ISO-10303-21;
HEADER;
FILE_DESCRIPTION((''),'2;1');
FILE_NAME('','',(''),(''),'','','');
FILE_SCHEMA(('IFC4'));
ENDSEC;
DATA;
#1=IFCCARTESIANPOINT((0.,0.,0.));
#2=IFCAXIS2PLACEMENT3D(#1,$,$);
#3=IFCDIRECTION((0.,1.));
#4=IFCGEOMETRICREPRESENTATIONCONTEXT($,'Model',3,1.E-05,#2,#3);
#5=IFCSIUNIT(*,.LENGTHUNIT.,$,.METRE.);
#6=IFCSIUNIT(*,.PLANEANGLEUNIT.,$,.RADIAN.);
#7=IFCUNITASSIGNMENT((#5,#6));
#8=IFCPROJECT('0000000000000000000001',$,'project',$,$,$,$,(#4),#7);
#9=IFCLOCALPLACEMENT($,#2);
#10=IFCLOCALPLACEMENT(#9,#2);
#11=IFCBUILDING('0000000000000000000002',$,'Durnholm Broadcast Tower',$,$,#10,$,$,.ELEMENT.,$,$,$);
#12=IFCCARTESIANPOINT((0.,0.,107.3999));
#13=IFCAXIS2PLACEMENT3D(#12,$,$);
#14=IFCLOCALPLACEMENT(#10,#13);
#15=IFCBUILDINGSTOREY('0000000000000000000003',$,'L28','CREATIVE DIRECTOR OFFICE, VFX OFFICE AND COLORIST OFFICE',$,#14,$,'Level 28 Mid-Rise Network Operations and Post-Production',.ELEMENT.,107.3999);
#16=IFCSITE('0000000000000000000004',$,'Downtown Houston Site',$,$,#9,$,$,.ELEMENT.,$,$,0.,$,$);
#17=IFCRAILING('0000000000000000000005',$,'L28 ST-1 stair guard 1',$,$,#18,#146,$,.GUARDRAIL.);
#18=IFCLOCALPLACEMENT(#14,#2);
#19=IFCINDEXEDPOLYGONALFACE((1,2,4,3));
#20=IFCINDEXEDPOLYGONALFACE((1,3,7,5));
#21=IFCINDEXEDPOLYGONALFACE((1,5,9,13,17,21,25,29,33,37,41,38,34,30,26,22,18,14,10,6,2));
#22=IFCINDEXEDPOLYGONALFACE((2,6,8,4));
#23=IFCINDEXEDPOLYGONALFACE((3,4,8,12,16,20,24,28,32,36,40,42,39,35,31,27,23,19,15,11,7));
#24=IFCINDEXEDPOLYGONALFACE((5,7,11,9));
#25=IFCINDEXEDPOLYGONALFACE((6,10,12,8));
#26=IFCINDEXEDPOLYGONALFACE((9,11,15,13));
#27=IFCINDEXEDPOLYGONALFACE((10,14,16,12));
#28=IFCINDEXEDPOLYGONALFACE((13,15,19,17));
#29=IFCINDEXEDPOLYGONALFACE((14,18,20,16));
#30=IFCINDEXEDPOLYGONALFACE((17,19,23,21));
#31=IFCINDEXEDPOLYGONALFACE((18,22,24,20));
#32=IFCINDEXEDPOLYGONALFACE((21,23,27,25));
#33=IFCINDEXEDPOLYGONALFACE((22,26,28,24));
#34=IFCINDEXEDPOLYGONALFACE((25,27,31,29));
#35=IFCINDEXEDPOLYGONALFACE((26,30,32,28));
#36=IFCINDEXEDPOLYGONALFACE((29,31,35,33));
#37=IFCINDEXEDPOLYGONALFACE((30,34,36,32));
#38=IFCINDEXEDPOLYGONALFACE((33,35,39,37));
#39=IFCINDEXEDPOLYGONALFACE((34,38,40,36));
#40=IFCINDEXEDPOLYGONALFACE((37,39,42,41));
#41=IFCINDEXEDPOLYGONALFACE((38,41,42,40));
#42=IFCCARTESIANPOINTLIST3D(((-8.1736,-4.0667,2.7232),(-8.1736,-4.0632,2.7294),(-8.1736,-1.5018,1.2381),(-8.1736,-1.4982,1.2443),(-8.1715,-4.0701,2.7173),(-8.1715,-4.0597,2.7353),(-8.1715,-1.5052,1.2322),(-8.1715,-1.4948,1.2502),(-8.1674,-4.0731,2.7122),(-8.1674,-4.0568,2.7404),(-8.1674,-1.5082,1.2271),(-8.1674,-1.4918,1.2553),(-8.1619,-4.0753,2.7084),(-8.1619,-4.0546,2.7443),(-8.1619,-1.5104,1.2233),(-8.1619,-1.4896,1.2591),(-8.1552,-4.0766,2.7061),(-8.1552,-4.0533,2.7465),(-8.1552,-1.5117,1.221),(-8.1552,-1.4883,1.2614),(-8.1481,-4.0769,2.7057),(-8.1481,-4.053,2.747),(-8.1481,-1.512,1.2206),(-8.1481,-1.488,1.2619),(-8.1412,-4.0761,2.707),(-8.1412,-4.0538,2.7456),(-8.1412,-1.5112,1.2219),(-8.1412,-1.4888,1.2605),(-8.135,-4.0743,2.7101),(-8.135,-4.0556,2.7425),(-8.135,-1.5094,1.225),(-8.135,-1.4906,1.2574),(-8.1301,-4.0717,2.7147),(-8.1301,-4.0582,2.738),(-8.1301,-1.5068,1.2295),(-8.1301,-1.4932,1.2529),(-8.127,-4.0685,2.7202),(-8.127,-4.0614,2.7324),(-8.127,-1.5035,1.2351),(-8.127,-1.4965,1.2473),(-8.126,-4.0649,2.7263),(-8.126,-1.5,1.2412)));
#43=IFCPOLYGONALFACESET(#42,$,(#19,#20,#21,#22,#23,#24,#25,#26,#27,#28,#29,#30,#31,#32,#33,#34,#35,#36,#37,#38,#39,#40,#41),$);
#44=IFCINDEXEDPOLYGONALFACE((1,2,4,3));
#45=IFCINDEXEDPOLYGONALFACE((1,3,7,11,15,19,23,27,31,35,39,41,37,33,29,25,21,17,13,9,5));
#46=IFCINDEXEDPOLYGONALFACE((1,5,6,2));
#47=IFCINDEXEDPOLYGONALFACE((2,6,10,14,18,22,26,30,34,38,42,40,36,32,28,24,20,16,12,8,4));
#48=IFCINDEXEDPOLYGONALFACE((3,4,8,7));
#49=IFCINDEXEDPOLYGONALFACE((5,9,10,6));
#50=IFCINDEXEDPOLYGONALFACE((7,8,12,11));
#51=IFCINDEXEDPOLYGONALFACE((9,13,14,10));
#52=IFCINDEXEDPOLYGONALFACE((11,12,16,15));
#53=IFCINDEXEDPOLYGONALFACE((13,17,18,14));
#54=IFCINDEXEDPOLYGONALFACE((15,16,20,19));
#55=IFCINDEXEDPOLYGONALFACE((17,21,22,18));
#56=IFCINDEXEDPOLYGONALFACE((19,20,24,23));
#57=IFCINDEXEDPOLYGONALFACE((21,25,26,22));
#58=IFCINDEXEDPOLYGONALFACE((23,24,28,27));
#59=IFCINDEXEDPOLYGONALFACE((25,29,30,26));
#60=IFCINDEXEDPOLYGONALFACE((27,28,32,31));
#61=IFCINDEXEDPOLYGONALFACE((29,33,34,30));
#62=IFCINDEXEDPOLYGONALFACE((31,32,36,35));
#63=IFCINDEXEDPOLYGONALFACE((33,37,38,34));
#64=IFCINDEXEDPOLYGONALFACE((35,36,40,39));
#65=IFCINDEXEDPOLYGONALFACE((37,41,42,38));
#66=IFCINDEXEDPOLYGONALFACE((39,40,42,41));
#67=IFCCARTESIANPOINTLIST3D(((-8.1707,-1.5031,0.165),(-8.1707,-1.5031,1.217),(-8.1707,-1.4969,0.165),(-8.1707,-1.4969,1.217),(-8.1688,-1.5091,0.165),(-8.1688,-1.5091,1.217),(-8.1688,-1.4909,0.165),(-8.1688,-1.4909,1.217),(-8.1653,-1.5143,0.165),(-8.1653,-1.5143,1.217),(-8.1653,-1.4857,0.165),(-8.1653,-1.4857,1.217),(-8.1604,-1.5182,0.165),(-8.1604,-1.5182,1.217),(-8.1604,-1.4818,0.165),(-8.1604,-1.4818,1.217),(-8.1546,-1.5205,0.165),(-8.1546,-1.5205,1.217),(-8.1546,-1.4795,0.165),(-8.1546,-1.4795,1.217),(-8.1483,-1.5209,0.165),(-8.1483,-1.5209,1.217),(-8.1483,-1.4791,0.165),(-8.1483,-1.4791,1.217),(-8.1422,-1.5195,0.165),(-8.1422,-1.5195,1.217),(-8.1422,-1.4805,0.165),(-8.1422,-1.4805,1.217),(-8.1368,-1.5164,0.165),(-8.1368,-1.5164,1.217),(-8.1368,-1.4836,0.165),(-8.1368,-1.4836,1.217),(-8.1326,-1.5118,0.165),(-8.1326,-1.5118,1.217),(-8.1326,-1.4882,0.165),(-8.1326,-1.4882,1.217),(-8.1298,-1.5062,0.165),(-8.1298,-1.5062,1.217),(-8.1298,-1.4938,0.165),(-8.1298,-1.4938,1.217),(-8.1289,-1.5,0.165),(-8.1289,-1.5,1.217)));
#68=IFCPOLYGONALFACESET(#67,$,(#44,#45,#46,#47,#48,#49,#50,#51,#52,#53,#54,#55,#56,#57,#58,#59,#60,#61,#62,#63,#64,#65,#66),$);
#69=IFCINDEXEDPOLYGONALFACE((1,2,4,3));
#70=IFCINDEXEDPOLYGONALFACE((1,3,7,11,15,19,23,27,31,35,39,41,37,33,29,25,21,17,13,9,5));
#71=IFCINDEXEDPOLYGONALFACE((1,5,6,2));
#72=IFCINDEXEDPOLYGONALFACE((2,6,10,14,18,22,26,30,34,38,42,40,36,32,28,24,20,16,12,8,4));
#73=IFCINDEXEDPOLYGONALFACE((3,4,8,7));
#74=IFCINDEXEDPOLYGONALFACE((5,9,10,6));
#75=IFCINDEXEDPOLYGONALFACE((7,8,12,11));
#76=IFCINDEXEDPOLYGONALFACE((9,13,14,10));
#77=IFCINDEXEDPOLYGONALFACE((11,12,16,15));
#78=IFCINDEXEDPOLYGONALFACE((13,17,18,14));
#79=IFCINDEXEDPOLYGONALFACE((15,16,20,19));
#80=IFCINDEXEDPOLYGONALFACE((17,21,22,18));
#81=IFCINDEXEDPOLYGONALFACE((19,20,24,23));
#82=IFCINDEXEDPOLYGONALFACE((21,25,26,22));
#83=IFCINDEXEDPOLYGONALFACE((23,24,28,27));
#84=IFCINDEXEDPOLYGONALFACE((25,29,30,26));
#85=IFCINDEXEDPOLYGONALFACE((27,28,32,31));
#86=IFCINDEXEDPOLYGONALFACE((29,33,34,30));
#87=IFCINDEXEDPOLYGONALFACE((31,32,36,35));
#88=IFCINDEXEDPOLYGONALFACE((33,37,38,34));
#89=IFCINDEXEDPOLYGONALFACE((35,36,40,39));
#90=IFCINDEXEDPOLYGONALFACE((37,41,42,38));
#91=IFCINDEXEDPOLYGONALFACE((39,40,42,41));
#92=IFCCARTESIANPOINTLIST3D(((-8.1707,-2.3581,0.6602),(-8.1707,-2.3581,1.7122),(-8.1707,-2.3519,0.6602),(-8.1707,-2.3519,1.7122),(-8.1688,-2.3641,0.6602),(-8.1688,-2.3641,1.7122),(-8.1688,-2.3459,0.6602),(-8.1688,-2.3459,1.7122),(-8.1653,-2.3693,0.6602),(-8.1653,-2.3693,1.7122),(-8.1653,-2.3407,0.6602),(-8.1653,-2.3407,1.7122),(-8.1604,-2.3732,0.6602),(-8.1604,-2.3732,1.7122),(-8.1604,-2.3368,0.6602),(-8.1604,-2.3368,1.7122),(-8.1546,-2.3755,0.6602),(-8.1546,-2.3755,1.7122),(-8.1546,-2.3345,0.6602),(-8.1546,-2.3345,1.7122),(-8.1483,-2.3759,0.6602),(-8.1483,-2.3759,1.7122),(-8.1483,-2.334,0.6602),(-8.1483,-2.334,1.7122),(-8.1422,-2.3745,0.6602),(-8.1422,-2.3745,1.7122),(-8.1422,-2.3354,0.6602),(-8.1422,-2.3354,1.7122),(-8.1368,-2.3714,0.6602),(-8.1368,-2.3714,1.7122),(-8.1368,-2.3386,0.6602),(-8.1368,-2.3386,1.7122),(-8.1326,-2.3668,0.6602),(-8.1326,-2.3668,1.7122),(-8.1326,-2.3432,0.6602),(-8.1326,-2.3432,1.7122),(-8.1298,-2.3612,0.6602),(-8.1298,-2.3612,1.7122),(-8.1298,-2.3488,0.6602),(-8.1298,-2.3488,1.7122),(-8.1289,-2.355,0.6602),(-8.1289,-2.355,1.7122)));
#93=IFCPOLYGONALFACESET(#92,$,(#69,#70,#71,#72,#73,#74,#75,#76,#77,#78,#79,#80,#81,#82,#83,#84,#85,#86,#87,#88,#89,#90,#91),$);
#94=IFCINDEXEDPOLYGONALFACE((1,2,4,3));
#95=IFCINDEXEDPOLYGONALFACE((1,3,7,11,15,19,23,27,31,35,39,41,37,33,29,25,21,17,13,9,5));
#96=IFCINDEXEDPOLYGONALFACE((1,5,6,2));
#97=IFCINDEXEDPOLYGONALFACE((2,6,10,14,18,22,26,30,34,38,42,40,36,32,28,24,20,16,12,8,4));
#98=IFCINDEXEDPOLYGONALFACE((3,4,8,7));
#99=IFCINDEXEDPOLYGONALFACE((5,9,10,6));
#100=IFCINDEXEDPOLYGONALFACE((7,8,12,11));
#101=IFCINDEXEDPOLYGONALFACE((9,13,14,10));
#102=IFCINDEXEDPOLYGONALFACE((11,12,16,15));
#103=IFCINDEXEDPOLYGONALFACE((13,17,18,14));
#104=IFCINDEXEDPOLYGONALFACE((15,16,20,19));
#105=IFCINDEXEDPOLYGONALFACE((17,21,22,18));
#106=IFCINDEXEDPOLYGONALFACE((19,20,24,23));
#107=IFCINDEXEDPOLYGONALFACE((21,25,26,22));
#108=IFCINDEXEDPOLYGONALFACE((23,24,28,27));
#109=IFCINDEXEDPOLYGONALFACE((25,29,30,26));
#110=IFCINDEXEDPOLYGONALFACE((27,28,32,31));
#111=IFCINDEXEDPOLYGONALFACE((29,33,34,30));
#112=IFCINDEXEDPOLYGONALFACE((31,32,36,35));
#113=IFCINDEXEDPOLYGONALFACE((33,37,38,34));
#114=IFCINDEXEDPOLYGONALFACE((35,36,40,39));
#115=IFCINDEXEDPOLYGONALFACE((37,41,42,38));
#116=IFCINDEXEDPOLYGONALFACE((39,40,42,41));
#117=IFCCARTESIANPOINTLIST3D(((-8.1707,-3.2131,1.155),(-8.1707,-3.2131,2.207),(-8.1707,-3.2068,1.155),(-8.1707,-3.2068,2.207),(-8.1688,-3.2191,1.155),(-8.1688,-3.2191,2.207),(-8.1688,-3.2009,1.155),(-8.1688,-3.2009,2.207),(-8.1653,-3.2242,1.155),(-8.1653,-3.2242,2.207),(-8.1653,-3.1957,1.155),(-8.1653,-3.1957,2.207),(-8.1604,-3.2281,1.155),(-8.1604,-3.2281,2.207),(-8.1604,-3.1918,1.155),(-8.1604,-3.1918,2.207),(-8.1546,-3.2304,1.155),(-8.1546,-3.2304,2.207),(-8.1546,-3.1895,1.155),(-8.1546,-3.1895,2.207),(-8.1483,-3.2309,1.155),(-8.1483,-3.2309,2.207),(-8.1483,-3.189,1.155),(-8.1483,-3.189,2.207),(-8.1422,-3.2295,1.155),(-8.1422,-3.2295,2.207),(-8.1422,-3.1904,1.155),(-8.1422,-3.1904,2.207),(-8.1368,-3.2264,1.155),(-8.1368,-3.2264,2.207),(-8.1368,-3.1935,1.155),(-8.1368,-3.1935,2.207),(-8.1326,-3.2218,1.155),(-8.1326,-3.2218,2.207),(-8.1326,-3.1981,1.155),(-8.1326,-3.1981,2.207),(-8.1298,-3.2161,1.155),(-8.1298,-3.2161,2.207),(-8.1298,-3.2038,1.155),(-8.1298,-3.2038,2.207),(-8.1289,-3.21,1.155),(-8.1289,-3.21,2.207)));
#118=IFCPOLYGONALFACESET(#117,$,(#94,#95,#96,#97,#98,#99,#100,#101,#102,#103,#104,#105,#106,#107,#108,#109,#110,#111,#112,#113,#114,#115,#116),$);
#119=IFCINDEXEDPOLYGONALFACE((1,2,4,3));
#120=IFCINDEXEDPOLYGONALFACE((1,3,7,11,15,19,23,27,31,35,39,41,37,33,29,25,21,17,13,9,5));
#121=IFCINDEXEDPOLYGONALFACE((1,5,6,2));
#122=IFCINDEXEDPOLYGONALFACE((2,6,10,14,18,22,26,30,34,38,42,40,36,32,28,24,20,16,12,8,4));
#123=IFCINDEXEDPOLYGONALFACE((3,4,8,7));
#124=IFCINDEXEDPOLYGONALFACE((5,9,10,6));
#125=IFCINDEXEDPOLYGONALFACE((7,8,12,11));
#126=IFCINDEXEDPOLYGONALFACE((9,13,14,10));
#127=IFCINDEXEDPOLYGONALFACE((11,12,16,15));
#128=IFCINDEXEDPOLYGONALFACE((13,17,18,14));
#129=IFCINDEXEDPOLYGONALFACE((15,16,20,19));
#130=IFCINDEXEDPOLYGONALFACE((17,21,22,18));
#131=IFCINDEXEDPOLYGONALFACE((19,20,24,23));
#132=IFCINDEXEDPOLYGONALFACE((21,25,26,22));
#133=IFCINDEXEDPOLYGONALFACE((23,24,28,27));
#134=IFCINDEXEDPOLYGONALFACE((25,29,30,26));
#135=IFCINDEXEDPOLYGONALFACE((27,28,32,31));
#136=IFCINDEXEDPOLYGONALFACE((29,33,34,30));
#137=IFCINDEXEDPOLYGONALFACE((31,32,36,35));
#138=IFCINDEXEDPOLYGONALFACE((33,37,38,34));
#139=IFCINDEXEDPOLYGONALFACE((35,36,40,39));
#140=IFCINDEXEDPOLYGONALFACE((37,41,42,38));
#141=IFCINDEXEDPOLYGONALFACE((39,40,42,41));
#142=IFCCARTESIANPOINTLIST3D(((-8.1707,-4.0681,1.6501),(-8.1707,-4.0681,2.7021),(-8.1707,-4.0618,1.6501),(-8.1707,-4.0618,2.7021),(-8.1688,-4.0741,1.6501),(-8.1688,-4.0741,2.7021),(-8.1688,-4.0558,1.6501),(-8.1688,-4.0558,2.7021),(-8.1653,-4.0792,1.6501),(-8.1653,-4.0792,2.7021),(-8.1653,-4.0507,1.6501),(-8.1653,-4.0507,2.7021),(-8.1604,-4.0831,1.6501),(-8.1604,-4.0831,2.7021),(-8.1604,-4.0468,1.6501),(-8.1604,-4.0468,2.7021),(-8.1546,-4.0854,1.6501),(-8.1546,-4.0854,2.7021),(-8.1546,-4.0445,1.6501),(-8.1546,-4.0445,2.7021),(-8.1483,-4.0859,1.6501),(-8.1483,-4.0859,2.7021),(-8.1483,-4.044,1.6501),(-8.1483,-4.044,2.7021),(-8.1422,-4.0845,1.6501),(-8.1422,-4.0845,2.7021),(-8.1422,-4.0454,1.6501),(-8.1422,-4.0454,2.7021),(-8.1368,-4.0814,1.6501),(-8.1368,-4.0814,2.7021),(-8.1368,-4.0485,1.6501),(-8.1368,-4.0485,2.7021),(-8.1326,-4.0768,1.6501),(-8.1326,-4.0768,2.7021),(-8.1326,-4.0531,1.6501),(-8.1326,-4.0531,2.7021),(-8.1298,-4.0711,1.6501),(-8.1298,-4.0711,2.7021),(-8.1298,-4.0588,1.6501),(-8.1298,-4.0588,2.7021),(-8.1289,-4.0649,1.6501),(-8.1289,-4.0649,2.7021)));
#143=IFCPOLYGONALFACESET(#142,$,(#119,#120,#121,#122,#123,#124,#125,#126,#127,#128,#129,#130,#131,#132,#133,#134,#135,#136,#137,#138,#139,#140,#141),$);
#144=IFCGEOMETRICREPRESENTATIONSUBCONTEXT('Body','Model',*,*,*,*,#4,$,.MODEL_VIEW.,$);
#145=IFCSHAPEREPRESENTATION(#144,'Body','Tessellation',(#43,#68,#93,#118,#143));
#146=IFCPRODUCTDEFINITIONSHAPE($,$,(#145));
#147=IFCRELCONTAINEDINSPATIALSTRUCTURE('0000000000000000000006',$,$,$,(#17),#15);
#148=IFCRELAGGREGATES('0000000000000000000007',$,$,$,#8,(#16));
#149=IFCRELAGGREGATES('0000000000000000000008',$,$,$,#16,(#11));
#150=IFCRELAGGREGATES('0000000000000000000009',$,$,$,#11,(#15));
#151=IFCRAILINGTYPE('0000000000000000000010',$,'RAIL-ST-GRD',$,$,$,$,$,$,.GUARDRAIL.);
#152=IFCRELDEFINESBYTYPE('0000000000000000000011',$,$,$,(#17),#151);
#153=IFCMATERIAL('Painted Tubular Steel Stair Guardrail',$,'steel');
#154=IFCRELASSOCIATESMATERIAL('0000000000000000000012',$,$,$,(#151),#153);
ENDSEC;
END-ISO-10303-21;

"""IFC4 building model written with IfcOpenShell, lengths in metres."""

from ifc_helpers import new_model, si_unit, direction, frame, origin, origin_2d, place, context, subcontext, project, spatial, circle, extrude, material, type_object, element, save


model = new_model("IFC4")

# Units and contexts
model_context = context("Model", 3, precision=1e-05, world=origin(), true_north=direction((0.0, 1.0)))
body_context = subcontext(model_context, "Body", "Model", "MODEL_VIEW")
ifc_project = project(units=[si_unit("LENGTHUNIT", "METRE"), si_unit("PLANEANGLEUNIT", "RADIAN")], contexts=[model_context])

# Site, building, storey
site_placement = place(None, origin())
site = spatial("IfcSite", under=ifc_project, at=site_placement, Name="Downtown Houston Site", CompositionType="ELEMENT", RefElevation=0.0)
building_placement = place(site_placement, origin())
building = spatial("IfcBuilding", under=site, at=building_placement, Name="Durnholm Broadcast Tower", CompositionType="ELEMENT")
storey_placement = place(building_placement, frame((0.0, 0.0, 107.3999)))
storey = spatial("IfcBuildingStorey", under=building, at=storey_placement, Name="L28", Description="CREATIVE DIRECTOR OFFICE, VFX OFFICE AND COLORIST OFFICE", LongName="Level 28 Mid-Rise Network Operations and Post-Production", CompositionType="ELEMENT", Elevation=107.3999)

# Railing
ifc_material_1 = material(Name="Painted Tubular Steel Stair Guardrail", Category="steel")
railing_type_1 = type_object("IfcRailingType", Name="RAIL-ST-GRD", PredefinedType="GUARDRAIL", material=ifc_material_1)
railing_1_placement = place(storey_placement, frame((-8.1499, -1.5, 0.165)))
element("IfcRailing", 1, at=railing_1_placement, inside=storey, type_object=railing_type_1, Name="L28 ST-1 stair guard 1", PredefinedType="GUARDRAIL", context=body_context, shape_type="SweptSolid", body=[
    extrude(circle(Radius=0.0239, at=origin_2d()), frame((0.0, 0.0, 1.0762), z_axis=(0.0, -0.865406, 0.501072), x_axis=(1.0, 0.0, 0.0)), (0.0, 0.0, 1.0), 2.9639),
    extrude(circle(Radius=0.021, at=origin_2d()), origin(), (0.0, 0.0, 1.0), 1.052),
    extrude(circle(Radius=0.021, at=origin_2d()), frame((0.0, -0.855, 0.4951)), (0.0, 0.0, 1.0), 1.052),
    extrude(circle(Radius=0.021, at=origin_2d()), frame((0.0, -1.71, 0.99)), (0.0, 0.0, 1.0), 1.052),
    extrude(circle(Radius=0.021, at=origin_2d()), frame((0.0, -2.5649, 1.4851)), (0.0, 0.0, 1.0), 1.052),
])

save(model, "model.ifc")
